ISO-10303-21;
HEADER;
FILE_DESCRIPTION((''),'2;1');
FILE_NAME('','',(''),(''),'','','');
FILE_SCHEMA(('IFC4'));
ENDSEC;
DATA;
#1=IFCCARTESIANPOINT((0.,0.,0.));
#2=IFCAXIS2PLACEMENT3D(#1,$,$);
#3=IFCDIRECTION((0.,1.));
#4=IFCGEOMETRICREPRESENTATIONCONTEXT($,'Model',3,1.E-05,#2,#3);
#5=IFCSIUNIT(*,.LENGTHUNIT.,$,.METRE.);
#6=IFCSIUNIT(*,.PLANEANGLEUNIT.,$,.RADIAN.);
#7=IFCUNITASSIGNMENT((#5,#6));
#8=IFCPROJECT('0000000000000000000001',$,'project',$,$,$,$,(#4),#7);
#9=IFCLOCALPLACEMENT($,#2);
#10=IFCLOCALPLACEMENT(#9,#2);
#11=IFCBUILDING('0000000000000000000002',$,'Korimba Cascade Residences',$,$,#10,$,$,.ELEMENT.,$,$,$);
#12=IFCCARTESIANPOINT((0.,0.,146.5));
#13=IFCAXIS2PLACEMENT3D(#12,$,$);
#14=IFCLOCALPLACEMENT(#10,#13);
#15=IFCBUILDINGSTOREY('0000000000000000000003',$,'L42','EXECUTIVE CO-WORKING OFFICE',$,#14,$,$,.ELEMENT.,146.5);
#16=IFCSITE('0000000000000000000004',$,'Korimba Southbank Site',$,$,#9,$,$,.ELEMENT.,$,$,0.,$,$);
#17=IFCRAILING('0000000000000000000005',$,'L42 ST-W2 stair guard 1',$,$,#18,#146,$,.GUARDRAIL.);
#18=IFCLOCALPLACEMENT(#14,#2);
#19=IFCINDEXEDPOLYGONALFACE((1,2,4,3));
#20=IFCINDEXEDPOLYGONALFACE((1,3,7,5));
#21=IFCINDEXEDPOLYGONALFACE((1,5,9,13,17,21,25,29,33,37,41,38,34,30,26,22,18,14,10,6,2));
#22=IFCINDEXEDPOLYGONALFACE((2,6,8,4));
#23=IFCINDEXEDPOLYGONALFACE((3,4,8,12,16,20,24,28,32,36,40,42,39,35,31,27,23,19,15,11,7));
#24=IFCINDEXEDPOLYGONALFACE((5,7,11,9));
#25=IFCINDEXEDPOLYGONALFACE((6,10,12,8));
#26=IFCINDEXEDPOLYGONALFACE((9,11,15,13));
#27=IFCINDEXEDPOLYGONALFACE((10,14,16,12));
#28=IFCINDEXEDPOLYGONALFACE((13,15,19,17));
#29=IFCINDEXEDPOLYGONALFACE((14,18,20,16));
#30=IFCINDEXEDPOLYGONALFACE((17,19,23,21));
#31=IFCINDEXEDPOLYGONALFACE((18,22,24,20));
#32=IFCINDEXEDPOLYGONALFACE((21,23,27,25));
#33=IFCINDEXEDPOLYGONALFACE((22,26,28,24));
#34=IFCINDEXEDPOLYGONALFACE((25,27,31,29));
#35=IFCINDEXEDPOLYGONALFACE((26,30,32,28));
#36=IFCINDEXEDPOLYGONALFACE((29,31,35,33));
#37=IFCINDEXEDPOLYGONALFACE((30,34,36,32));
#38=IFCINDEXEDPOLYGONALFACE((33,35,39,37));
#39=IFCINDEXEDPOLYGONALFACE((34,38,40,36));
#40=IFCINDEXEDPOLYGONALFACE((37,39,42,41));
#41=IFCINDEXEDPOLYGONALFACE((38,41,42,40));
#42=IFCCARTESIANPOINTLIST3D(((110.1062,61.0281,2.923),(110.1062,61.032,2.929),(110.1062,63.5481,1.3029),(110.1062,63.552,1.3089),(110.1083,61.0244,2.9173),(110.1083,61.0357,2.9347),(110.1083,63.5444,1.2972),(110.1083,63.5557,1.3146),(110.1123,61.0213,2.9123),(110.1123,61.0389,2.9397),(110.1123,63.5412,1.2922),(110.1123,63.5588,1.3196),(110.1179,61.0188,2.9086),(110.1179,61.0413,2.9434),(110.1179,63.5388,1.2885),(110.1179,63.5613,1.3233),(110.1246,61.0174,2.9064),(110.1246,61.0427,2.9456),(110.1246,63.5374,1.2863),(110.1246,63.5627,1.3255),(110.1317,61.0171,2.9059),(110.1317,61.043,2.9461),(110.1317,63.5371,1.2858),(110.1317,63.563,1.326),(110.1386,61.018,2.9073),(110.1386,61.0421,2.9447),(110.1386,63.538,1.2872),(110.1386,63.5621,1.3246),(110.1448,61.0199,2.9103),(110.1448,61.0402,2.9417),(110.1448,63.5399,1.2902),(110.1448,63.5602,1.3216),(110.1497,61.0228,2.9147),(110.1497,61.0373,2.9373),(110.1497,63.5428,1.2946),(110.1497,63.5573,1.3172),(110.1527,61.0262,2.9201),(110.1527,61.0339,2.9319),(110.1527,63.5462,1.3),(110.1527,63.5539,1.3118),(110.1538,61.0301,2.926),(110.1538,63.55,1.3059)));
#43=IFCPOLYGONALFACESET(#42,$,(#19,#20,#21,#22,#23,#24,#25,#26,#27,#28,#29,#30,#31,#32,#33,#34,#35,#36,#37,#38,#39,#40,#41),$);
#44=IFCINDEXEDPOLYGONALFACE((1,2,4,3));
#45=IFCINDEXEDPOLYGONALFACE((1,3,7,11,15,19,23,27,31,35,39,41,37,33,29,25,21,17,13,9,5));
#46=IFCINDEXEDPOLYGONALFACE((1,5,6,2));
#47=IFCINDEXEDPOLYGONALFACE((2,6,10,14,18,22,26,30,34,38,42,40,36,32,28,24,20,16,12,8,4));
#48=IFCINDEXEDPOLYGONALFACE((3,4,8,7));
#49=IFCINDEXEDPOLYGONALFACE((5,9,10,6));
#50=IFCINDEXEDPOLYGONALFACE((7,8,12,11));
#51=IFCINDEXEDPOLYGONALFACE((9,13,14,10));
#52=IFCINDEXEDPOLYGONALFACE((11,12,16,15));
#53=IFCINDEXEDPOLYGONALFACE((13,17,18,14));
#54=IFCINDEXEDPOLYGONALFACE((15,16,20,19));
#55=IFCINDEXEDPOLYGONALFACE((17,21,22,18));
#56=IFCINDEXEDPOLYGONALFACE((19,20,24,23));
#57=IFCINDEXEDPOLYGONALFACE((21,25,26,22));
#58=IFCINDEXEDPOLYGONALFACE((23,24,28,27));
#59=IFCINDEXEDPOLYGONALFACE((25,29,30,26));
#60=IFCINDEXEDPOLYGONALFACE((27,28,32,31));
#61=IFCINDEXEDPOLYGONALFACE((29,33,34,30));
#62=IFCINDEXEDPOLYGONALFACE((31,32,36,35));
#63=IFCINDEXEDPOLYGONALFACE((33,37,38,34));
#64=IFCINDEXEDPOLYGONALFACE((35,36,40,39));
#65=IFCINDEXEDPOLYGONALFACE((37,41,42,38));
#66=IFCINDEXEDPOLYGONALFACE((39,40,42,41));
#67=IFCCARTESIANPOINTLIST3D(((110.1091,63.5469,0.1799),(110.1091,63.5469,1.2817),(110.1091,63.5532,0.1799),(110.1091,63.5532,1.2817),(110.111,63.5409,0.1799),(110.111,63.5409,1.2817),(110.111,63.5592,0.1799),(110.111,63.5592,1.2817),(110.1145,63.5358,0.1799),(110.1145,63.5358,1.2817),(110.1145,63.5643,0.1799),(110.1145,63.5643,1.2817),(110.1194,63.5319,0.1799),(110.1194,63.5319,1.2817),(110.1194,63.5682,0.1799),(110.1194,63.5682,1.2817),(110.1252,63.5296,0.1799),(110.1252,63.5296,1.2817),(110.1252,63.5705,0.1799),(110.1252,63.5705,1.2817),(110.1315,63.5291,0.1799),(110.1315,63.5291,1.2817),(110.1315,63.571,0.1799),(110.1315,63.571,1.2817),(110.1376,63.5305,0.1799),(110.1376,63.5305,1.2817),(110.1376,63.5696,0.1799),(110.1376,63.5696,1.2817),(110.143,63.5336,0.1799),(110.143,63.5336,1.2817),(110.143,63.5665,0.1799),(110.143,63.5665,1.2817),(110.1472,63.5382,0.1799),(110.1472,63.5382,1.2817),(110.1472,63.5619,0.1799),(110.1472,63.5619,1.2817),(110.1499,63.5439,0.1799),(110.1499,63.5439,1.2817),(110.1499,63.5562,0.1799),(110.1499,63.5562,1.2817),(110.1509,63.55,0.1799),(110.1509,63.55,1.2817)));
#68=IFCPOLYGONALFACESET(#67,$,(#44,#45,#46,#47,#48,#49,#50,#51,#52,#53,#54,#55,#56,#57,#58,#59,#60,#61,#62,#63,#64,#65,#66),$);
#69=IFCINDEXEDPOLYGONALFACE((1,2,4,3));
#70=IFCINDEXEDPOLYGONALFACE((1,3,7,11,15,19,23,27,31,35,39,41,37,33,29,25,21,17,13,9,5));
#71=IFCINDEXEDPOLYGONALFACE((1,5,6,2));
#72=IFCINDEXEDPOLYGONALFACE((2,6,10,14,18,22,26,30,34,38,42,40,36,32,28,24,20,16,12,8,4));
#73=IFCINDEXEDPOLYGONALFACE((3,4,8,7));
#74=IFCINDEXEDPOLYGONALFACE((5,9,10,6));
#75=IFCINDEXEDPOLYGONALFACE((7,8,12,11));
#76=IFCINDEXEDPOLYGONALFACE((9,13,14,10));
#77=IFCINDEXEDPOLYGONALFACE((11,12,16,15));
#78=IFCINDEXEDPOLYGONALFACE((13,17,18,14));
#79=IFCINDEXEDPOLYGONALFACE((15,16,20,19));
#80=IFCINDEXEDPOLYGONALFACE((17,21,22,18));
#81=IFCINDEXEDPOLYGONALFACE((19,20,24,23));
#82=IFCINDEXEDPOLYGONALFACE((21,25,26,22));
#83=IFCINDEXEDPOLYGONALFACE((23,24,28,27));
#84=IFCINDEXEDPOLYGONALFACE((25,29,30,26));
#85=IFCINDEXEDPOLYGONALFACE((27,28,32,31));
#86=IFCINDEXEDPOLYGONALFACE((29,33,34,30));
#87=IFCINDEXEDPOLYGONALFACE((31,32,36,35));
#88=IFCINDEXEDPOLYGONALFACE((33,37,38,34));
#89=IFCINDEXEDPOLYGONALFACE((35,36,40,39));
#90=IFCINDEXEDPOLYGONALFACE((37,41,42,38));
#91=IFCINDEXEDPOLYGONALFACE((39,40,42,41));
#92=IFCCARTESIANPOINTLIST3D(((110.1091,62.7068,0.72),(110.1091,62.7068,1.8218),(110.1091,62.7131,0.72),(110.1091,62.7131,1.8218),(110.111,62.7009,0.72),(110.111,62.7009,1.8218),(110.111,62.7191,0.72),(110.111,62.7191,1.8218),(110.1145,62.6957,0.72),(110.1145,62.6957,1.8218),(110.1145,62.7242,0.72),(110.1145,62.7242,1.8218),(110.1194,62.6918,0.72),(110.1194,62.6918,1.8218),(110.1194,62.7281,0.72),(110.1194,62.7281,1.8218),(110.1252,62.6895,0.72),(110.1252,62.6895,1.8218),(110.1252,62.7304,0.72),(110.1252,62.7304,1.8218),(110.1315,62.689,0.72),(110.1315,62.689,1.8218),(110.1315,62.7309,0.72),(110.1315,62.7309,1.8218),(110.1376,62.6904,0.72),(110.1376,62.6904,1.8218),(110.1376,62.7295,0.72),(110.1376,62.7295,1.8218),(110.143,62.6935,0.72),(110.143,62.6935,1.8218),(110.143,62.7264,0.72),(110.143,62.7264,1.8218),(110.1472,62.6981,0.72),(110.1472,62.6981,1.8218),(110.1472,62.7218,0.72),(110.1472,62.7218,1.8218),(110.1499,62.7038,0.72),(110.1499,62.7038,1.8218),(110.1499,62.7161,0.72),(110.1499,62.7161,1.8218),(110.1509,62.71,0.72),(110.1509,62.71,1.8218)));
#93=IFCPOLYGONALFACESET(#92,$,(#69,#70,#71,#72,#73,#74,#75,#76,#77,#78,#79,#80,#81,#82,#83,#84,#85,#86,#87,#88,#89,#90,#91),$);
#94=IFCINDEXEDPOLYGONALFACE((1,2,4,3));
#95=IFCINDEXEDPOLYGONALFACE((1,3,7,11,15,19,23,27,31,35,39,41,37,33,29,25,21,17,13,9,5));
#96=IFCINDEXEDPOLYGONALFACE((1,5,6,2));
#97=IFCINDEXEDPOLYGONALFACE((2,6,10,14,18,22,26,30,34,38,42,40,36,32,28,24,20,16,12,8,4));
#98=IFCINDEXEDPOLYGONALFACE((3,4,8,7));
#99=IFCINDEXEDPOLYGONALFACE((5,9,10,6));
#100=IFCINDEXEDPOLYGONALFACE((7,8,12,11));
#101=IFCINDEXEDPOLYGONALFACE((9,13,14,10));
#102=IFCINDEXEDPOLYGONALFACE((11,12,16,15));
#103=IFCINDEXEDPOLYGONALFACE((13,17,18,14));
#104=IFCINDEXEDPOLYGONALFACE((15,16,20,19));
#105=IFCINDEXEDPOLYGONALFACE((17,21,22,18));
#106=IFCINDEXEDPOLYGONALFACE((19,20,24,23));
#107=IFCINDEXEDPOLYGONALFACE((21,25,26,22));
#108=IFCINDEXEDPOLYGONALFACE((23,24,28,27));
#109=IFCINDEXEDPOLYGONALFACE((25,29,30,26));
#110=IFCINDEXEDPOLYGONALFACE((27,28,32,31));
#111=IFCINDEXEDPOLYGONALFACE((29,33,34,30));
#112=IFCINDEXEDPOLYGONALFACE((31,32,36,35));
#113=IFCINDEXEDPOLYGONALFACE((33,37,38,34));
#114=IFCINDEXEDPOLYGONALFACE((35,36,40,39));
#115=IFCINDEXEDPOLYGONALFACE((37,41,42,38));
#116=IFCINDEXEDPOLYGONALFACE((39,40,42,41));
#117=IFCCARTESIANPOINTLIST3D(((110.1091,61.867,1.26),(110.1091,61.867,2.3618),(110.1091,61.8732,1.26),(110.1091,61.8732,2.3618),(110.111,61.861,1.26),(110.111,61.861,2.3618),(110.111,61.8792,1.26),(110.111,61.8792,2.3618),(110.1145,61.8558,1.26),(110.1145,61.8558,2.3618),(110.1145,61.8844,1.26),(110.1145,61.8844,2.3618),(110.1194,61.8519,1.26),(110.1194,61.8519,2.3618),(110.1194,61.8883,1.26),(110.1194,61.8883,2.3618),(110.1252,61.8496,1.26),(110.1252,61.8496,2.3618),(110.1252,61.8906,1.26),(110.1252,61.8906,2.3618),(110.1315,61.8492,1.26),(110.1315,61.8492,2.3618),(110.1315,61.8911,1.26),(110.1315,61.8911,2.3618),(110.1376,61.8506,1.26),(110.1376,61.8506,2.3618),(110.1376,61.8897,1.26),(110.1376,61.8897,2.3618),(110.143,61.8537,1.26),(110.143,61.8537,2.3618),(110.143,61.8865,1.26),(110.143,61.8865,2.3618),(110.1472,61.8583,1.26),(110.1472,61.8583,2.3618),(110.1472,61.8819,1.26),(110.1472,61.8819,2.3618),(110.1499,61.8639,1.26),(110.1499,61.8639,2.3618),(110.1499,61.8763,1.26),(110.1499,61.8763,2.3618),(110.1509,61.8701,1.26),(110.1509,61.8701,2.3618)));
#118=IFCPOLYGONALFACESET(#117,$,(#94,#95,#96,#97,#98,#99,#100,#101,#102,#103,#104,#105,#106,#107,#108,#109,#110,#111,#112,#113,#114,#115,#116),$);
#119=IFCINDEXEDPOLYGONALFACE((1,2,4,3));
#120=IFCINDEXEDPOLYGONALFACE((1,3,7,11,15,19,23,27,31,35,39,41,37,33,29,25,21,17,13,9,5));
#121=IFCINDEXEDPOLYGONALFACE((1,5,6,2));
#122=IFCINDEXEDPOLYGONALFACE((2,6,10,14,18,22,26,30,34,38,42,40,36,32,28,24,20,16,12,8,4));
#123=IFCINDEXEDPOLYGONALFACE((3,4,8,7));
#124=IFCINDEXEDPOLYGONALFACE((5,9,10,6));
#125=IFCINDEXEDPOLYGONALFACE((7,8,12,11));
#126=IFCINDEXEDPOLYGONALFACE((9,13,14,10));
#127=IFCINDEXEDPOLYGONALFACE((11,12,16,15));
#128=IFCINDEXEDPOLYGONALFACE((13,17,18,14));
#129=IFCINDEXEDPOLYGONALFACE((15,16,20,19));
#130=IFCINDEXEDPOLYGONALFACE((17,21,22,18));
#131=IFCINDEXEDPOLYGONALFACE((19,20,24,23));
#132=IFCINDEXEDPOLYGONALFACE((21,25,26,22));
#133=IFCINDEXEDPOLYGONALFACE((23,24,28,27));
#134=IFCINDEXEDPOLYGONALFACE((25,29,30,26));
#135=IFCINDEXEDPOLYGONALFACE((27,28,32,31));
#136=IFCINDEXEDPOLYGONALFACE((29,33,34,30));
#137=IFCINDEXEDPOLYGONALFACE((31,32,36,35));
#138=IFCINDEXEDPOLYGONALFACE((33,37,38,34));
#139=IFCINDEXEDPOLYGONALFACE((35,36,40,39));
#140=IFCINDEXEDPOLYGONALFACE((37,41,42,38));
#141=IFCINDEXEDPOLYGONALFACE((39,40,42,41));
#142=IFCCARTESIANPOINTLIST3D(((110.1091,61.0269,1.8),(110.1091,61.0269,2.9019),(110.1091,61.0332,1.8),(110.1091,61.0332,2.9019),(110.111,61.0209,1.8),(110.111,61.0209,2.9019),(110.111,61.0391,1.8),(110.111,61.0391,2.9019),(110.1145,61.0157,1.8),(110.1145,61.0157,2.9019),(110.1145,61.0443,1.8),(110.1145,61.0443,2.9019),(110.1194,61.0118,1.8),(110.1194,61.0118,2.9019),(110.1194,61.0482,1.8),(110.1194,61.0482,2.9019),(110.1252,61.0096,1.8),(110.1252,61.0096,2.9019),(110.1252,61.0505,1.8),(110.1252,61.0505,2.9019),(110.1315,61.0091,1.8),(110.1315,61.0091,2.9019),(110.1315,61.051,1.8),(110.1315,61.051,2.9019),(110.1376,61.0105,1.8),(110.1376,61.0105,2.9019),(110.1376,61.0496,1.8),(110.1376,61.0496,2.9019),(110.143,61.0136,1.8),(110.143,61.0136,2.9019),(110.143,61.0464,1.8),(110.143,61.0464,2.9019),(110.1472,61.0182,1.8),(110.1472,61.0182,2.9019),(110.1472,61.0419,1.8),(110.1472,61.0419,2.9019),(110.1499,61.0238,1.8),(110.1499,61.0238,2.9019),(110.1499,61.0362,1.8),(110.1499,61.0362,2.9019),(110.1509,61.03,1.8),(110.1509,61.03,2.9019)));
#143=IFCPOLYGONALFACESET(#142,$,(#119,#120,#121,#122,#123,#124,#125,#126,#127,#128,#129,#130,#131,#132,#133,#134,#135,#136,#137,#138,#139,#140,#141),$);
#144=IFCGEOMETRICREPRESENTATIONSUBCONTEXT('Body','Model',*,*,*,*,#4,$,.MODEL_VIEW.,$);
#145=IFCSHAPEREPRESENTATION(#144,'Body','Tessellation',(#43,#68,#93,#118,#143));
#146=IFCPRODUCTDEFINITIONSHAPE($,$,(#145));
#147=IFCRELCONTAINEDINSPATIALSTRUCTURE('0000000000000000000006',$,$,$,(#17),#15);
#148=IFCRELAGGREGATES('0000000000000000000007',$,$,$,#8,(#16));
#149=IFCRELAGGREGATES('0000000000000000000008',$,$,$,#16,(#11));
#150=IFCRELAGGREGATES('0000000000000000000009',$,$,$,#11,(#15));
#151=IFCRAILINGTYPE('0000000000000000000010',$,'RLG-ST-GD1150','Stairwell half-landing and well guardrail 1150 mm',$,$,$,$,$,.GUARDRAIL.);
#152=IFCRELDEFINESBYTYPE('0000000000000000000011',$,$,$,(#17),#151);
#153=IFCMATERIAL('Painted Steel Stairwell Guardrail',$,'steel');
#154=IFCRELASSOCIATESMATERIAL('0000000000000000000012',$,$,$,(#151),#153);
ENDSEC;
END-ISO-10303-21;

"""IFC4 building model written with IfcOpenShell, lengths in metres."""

from ifc_helpers import new_model, si_unit, direction, frame, origin, origin_2d, place, context, subcontext, project, spatial, circle, extrude, material, type_object, element, save


model = new_model("IFC4")

# Units and contexts
model_context = context("Model", 3, precision=1e-05, world=origin(), true_north=direction((0.0, 1.0)))
body_context = subcontext(model_context, "Body", "Model", "MODEL_VIEW")
ifc_project = project(units=[si_unit("LENGTHUNIT", "METRE"), si_unit("PLANEANGLEUNIT", "RADIAN")], contexts=[model_context])

# Site, building, storey
site_placement = place(None, origin())
site = spatial("IfcSite", under=ifc_project, at=site_placement, Name="Korimba Southbank Site", CompositionType="ELEMENT", RefElevation=0.0)
building_placement = place(site_placement, origin())
building = spatial("IfcBuilding", under=site, at=building_placement, Name="Korimba Cascade Residences", CompositionType="ELEMENT")
storey_placement = place(building_placement, frame((0.0, 0.0, 146.5)))
storey = spatial("IfcBuildingStorey", under=building, at=storey_placement, Name="L42", Description="EXECUTIVE CO-WORKING OFFICE", CompositionType="ELEMENT", Elevation=146.5)

# Railing
ifc_material_1 = material(Name="Painted Steel Stairwell Guardrail", Category="steel")
railing_type_1 = type_object("IfcRailingType", Name="RLG-ST-GD1150", Description="Stairwell half-landing and well guardrail 1150 mm", PredefinedType="GUARDRAIL", material=ifc_material_1)
railing_1_placement = place(storey_placement, frame((110.1299, 63.55, 0.1799)))
element("IfcRailing", 1, at=railing_1_placement, inside=storey, type_object=railing_type_1, Name="L42 ST-W2 stair guard 1", PredefinedType="GUARDRAIL", context=body_context, shape_type="SweptSolid", body=[
    extrude(circle(Radius=0.0239, at=origin_2d()), frame((0.0, 0.0, 1.126), z_axis=(0.0, -0.841163, 0.540782), x_axis=(1.0, 0.0, 0.0)), (0.0, 0.0, 1.0), 2.9958),
    extrude(circle(Radius=0.021, at=origin_2d()), origin(), (0.0, 0.0, 1.0), 1.1018),
    extrude(circle(Radius=0.021, at=origin_2d()), frame((0.0, -0.8401, 0.54)), (0.0, 0.0, 1.0), 1.1018),
    extrude(circle(Radius=0.021, at=origin_2d()), frame((0.0, -1.6799, 1.0801)), (0.0, 0.0, 1.0), 1.1018),
    extrude(circle(Radius=0.021, at=origin_2d()), frame((0.0, -2.52, 1.6201)), (0.0, 0.0, 1.0), 1.1018),
])

save(model, "model.ifc")
